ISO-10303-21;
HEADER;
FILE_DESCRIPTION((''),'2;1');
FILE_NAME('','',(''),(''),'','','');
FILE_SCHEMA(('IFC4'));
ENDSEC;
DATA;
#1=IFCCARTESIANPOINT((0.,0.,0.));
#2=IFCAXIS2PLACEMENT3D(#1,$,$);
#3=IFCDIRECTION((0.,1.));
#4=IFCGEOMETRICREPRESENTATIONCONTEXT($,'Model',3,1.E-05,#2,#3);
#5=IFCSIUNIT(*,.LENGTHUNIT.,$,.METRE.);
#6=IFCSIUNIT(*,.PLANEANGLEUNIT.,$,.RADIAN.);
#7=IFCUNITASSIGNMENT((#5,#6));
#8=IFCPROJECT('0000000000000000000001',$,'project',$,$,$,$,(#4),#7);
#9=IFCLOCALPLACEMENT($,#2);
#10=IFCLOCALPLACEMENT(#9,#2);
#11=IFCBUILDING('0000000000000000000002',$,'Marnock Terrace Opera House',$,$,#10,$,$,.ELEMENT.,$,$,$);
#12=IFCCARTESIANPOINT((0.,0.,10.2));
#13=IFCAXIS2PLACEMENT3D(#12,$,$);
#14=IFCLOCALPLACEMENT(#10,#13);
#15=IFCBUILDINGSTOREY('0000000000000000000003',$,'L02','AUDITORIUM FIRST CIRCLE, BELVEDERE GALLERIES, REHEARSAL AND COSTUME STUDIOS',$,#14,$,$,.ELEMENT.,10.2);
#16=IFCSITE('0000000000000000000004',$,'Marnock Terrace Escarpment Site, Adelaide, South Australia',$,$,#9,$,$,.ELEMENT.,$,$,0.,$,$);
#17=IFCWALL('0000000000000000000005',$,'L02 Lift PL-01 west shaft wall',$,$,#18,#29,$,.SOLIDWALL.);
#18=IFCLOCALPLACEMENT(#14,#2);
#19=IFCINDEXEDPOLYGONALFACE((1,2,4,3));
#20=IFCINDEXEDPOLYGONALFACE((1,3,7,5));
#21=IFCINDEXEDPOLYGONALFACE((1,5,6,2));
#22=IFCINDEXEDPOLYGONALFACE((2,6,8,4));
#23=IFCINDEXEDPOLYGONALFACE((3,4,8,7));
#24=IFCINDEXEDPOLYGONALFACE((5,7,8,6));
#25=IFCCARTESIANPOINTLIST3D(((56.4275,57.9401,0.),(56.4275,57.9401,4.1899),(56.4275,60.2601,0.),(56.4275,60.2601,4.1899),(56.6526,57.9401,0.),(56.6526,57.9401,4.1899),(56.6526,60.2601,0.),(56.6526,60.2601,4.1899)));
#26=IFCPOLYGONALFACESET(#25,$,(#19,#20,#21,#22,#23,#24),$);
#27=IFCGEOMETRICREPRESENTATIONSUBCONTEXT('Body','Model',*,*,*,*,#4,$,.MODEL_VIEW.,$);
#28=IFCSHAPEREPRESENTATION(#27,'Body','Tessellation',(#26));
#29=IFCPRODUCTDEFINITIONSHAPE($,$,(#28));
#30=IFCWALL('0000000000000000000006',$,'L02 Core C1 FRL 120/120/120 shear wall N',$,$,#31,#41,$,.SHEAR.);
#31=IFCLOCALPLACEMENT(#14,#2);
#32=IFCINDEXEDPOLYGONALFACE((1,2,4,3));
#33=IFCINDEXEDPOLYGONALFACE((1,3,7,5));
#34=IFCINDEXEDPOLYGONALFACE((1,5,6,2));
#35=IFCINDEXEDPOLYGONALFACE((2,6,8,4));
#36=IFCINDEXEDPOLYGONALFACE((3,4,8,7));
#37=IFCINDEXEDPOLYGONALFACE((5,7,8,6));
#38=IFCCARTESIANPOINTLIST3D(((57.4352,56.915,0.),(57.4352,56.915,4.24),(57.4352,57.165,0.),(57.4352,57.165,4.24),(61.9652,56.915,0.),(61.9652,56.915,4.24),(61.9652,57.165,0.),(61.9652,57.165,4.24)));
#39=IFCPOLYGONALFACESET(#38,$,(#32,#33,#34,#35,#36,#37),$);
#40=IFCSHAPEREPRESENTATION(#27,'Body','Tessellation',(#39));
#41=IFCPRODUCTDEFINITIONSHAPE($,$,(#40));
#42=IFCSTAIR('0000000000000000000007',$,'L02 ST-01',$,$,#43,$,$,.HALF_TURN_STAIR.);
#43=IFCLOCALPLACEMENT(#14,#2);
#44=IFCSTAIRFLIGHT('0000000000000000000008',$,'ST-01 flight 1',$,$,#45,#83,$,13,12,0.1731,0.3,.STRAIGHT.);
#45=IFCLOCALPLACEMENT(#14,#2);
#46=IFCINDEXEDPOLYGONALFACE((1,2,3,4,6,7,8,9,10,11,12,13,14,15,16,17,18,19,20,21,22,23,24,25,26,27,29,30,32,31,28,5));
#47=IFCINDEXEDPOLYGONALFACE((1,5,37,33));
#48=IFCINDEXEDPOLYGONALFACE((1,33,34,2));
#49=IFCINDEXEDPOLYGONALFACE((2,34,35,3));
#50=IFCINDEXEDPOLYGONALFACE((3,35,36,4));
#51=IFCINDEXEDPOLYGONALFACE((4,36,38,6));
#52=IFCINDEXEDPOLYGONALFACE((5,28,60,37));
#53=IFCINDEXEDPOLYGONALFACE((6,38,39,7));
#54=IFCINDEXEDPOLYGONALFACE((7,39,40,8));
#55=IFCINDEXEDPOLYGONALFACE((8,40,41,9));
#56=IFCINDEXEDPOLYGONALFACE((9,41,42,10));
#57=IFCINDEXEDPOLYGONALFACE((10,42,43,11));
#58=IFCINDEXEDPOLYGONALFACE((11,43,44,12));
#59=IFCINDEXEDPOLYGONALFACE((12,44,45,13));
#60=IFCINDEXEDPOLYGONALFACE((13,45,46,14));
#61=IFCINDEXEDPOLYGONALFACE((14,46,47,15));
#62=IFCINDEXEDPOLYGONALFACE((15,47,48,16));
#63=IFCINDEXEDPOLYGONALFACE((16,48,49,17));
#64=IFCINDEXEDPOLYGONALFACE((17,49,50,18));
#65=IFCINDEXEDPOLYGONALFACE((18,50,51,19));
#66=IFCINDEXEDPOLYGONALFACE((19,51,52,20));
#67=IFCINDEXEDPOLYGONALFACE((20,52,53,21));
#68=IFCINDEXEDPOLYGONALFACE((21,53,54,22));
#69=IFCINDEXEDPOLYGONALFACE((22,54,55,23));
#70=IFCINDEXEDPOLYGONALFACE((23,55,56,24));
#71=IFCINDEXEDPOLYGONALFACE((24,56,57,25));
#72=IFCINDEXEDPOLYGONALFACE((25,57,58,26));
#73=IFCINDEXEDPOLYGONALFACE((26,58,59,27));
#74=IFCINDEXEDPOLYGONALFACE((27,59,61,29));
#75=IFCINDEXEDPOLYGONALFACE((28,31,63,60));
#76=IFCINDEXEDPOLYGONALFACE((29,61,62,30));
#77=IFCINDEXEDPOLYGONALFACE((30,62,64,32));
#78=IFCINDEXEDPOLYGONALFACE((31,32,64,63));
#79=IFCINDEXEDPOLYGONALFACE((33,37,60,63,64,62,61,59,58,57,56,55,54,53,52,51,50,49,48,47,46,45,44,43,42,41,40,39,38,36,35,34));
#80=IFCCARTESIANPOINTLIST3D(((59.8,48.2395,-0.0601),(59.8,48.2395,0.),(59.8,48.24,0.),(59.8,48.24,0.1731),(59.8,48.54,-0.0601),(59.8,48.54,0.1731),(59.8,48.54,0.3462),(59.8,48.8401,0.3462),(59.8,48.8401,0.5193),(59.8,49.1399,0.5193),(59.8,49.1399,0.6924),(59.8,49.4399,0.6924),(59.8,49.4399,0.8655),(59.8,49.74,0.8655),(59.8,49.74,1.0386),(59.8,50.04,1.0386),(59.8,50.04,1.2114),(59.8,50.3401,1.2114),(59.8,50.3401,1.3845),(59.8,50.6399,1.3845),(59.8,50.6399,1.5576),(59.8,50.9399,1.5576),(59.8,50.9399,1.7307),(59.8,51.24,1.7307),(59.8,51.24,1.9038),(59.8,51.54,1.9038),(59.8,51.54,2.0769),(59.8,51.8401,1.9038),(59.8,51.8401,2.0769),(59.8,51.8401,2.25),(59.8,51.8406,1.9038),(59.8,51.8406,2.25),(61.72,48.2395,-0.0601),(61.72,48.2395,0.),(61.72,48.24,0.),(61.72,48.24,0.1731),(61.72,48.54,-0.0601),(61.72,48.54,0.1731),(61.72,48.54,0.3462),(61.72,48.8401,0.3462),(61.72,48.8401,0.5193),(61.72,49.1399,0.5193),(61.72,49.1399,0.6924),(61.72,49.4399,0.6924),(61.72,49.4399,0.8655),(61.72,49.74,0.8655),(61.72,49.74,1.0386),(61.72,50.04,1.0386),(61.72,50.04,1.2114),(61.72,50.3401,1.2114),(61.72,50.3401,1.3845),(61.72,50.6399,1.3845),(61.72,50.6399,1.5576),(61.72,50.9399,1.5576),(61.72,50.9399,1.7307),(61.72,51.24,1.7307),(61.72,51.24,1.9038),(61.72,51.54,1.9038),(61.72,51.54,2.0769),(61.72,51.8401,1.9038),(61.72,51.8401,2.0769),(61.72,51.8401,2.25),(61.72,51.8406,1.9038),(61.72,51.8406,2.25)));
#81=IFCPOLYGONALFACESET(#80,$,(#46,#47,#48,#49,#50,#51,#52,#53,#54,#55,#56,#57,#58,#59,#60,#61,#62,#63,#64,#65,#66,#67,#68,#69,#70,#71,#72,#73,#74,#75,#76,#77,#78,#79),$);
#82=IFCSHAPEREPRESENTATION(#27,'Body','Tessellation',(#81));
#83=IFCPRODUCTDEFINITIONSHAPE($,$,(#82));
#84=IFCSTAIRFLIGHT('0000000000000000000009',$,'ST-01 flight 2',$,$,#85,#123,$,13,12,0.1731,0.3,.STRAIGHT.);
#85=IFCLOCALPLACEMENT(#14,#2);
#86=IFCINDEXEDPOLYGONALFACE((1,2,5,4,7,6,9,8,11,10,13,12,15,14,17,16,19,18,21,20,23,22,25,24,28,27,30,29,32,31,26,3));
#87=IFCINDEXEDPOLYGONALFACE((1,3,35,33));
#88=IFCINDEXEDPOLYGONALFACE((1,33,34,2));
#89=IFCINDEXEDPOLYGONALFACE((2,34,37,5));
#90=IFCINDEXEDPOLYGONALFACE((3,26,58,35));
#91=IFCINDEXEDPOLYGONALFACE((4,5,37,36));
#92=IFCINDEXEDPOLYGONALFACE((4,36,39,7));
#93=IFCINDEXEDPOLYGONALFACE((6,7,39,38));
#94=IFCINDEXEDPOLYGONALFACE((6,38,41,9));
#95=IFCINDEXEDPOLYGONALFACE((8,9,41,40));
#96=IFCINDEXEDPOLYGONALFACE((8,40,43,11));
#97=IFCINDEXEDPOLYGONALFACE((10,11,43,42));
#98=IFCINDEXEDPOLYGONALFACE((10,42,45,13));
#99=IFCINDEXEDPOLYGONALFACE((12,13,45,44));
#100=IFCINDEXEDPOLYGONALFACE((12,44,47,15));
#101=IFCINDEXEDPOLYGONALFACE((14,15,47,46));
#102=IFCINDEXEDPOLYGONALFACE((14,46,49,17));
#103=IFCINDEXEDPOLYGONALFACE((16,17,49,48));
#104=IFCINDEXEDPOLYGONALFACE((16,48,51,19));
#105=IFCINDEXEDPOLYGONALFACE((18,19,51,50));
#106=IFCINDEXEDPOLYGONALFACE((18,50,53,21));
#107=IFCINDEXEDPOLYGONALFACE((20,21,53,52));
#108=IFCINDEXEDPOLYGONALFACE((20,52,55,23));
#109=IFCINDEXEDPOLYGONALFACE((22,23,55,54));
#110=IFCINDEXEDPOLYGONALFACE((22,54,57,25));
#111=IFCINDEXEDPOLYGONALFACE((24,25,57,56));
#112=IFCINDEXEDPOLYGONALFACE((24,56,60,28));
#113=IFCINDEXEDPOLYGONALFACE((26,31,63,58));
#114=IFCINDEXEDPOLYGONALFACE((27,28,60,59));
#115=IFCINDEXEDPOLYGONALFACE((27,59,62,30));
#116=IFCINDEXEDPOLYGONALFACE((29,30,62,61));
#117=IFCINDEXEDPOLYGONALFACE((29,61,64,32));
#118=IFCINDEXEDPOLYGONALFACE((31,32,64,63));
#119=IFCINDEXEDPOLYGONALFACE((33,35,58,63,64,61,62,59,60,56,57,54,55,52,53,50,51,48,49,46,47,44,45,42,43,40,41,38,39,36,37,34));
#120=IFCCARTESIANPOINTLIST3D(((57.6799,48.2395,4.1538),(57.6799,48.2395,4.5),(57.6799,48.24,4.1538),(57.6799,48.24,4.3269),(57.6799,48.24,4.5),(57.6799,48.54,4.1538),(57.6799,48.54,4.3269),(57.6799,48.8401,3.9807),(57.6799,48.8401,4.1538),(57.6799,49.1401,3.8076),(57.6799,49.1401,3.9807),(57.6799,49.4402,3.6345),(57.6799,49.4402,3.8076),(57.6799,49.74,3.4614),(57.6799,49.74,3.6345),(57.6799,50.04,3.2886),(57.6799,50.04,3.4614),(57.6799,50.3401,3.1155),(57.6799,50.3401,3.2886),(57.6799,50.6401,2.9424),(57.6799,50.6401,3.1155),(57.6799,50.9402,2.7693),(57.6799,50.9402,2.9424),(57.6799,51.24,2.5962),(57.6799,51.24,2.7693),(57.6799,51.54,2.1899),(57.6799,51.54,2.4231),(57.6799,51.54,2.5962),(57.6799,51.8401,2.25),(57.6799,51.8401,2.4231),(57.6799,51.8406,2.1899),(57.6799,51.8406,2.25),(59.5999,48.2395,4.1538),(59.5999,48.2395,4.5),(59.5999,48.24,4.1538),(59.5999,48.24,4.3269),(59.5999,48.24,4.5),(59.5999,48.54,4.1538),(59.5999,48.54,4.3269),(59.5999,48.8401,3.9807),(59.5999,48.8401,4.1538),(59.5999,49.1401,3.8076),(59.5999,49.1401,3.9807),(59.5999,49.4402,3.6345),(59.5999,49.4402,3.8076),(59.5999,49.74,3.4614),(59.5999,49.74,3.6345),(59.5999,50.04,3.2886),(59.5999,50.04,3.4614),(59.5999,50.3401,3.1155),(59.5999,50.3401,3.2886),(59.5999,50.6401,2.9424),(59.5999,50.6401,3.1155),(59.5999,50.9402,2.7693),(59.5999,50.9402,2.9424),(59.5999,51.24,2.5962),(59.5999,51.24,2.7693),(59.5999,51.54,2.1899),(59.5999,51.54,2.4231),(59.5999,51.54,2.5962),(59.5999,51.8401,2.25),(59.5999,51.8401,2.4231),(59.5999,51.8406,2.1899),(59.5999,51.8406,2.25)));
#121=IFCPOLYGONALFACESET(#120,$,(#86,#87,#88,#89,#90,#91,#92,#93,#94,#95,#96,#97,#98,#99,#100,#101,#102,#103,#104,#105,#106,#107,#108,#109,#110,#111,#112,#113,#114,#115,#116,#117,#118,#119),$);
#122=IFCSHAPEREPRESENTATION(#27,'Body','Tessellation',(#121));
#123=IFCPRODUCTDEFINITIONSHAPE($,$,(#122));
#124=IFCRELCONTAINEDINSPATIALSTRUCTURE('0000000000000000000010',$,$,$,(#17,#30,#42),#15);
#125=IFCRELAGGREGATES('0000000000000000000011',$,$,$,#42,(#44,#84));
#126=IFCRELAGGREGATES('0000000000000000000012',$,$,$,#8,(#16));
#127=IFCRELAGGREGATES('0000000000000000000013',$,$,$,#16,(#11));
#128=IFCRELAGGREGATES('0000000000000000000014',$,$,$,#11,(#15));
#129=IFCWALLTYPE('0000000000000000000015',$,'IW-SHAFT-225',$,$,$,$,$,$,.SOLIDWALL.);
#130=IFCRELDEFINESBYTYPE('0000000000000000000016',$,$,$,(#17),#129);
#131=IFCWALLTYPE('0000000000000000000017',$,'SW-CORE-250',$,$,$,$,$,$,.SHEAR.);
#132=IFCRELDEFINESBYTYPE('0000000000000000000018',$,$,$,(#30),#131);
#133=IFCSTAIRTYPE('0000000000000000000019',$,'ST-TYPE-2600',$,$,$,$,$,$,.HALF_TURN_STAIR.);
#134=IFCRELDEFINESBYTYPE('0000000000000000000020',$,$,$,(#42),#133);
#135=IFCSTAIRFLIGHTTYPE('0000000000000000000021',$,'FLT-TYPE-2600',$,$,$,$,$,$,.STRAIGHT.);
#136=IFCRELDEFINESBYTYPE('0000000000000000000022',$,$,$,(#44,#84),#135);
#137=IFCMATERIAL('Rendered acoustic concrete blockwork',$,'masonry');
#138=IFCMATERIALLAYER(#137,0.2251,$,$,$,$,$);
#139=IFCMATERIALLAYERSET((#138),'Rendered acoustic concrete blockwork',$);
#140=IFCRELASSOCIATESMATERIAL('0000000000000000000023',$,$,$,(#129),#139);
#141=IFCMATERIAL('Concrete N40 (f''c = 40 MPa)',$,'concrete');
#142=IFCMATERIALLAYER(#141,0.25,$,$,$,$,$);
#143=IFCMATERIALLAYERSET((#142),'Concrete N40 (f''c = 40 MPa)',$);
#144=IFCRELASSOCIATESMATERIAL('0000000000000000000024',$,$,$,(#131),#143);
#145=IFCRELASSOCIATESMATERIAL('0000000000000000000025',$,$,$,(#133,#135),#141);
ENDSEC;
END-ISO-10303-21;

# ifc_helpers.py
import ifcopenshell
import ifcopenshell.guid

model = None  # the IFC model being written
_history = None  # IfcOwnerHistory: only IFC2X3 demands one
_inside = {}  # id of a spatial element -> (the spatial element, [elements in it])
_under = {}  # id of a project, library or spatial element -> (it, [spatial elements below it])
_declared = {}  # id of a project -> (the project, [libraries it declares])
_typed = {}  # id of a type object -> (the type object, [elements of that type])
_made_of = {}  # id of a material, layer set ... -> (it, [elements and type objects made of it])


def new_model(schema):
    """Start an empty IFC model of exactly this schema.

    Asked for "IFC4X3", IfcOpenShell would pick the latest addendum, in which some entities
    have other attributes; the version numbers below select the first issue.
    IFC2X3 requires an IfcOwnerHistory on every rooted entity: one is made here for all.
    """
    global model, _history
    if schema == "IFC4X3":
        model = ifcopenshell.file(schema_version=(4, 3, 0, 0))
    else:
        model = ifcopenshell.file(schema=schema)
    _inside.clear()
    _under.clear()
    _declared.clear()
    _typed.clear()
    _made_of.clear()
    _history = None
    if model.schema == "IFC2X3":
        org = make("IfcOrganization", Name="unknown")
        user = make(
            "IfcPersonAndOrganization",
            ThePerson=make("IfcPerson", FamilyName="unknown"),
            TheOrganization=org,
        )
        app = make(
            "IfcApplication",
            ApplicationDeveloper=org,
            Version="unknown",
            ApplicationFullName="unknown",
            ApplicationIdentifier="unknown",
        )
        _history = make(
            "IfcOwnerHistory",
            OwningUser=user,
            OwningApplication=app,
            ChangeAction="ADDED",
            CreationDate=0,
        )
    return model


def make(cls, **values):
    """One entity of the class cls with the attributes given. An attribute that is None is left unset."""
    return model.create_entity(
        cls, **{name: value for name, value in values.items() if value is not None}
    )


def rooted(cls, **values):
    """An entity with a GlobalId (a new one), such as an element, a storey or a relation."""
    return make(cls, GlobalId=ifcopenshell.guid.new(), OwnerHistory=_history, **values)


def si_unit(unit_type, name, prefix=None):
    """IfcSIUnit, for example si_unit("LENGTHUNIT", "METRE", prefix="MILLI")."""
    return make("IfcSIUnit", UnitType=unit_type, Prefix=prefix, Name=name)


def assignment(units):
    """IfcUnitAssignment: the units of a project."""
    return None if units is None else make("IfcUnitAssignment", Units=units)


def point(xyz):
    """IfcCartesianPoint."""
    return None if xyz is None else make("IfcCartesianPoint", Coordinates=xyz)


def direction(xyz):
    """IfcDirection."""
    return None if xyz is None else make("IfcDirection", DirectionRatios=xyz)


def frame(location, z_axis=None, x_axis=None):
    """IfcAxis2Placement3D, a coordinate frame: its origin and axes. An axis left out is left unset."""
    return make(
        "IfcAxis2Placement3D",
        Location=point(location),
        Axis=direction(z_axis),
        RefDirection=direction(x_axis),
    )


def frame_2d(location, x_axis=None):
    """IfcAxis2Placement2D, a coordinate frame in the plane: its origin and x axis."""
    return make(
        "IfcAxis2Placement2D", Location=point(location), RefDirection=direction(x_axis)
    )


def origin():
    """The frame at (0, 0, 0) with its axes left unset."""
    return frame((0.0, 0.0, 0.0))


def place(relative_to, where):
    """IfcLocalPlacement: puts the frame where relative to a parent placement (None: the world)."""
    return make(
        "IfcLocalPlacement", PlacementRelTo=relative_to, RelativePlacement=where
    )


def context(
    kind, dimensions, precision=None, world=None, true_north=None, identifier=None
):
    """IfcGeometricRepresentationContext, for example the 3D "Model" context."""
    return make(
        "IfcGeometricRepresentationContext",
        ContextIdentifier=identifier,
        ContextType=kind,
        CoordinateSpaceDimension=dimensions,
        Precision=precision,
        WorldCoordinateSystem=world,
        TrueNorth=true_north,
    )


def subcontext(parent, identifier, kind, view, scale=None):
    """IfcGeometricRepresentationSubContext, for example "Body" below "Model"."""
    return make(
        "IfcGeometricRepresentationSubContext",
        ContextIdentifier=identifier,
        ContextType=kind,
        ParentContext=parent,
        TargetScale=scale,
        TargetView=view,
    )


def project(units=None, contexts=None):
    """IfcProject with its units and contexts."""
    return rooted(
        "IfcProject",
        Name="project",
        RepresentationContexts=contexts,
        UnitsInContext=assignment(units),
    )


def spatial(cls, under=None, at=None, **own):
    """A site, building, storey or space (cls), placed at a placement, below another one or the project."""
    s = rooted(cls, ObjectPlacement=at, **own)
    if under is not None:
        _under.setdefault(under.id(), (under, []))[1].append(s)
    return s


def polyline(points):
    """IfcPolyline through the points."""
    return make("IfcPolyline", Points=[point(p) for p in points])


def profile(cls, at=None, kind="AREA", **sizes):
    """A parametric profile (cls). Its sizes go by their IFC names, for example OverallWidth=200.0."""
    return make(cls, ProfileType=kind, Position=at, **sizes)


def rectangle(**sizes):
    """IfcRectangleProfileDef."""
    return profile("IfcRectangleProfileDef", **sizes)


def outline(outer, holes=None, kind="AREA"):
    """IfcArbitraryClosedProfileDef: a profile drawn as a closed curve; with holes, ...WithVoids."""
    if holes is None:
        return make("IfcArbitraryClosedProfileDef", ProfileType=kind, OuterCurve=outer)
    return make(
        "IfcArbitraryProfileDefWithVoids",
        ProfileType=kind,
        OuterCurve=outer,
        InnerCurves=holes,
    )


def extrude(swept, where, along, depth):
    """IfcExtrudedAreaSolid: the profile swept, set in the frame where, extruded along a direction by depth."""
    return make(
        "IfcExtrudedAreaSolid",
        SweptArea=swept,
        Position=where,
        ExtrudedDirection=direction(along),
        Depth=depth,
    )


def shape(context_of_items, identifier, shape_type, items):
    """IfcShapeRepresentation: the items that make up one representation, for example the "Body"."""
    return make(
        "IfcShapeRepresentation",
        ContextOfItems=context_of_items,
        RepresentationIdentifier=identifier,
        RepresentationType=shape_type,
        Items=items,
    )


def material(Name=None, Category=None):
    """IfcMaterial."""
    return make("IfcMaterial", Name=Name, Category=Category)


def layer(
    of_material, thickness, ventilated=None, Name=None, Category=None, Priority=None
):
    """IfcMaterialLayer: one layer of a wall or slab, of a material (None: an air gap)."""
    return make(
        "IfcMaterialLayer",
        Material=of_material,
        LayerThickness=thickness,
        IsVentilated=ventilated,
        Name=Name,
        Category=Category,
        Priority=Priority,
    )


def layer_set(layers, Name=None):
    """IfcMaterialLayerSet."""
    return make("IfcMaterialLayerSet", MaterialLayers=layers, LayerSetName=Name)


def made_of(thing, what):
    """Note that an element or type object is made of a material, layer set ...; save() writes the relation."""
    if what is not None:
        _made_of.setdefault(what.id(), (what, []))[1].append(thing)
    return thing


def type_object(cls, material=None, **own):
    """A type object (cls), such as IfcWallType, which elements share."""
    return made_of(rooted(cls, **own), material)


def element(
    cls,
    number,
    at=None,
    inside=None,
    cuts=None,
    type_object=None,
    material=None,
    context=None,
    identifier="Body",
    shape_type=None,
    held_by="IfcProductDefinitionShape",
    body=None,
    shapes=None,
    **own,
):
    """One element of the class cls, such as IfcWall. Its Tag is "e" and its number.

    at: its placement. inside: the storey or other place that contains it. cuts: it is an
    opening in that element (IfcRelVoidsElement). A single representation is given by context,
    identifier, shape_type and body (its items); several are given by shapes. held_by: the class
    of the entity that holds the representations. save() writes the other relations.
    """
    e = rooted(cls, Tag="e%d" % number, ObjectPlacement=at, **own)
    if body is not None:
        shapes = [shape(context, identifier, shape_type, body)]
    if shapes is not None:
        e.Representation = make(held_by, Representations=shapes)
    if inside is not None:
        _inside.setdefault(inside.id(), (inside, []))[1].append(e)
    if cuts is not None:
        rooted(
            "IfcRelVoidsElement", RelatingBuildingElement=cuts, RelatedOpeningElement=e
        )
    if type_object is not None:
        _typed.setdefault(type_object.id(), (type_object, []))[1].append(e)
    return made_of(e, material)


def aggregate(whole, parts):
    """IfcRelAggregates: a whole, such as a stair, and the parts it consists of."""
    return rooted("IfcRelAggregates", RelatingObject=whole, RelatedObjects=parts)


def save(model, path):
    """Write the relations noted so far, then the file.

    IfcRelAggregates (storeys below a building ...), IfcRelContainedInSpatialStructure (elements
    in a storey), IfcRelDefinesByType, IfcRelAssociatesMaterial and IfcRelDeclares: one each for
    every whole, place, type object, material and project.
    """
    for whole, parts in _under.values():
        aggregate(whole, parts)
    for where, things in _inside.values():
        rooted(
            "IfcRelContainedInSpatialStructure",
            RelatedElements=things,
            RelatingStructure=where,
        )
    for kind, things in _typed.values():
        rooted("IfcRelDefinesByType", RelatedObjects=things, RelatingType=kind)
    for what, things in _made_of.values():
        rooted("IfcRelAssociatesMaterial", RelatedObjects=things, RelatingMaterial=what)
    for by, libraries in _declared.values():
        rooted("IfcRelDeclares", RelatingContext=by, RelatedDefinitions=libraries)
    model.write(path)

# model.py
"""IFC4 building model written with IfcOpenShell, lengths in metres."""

from ifc_helpers import new_model, si_unit, direction, frame, frame_2d, origin, place, context, subcontext, project, spatial, polyline, rectangle, outline, extrude, material, layer, layer_set, type_object, element, aggregate, save


model = new_model("IFC4")

# Units and contexts
model_context = context("Model", 3, precision=1e-05, world=origin(), true_north=direction((0.0, 1.0)))
body_context = subcontext(model_context, "Body", "Model", "MODEL_VIEW")
ifc_project = project(units=[si_unit("LENGTHUNIT", "METRE"), si_unit("PLANEANGLEUNIT", "RADIAN")], contexts=[model_context])

# Site, building, storey
site_placement = place(None, origin())
site = spatial("IfcSite", under=ifc_project, at=site_placement, Name="Marnock Terrace Escarpment Site, Adelaide, South Australia", CompositionType="ELEMENT", RefElevation=0.0)
building_placement = place(site_placement, origin())
building = spatial("IfcBuilding", under=site, at=building_placement, Name="Marnock Terrace Opera House", CompositionType="ELEMENT")
storey_placement = place(building_placement, frame((0.0, 0.0, 10.2)))
storey = spatial("IfcBuildingStorey", under=building, at=storey_placement, Name="L02", Description="AUDITORIUM FIRST CIRCLE, BELVEDERE GALLERIES, REHEARSAL AND COSTUME STUDIOS", CompositionType="ELEMENT", Elevation=10.2)

# Walls
ifc_material_1 = material(Name="Rendered acoustic concrete blockwork", Category="masonry")
ifc_layer_1 = layer(ifc_material_1, 0.2251)
ifc_layer_set_1 = layer_set([ifc_layer_1], Name="Rendered acoustic concrete blockwork")
wall_type_1 = type_object("IfcWallType", Name="IW-SHAFT-225", PredefinedType="SOLIDWALL", material=ifc_layer_set_1)
wall_1_placement = place(storey_placement, frame((56.54, 57.9399, 0.0), z_axis=(0.0, 0.0, 1.0), x_axis=(0.0, 1.0, 0.0)))
element("IfcWall", 1, at=wall_1_placement, inside=storey, type_object=wall_type_1, Name="L02 Lift PL-01 west shaft wall", PredefinedType="SOLIDWALL", context=body_context, shape_type="SweptSolid", body=[
    extrude(rectangle(XDim=2.3201, YDim=0.2251, at=frame_2d((1.1602, 0.0))), origin(), (0.0, 0.0, 1.0), 4.1899),
])
ifc_material_2 = material(Name="Concrete N40 (f'c = 40 MPa)", Category="concrete")
ifc_layer_2 = layer(ifc_material_2, 0.25)
ifc_layer_set_2 = layer_set([ifc_layer_2], Name="Concrete N40 (f'c = 40 MPa)")
wall_type_2 = type_object("IfcWallType", Name="SW-CORE-250", PredefinedType="SHEAR", material=ifc_layer_set_2)
wall_2_placement = place(storey_placement, frame((57.4351, 57.04, 0.0), z_axis=(0.0, 0.0, 1.0), x_axis=(1.0, 0.0, 0.0)))
element("IfcWall", 2, at=wall_2_placement, inside=storey, type_object=wall_type_2, Name="L02 Core C1 FRL 120/120/120 shear wall N", PredefinedType="SHEAR", context=body_context, shape_type="SweptSolid", body=[
    extrude(rectangle(XDim=4.53, YDim=0.25, at=frame_2d((2.2651, 0.0))), origin(), (0.0, 0.0, 1.0), 4.24),
])

# Stair, stair flights
stair_type = type_object("IfcStairType", Name="ST-TYPE-2600", PredefinedType="HALF_TURN_STAIR", material=ifc_material_2)
stair_placement = place(storey_placement, origin())
stair = element("IfcStair", 3, at=stair_placement, inside=storey, type_object=stair_type, Name="L02 ST-01", PredefinedType="HALF_TURN_STAIR")
stair_flight_type = type_object("IfcStairFlightType", Name="FLT-TYPE-2600", PredefinedType="STRAIGHT", material=ifc_material_2)
stair_flight_1_placement = place(storey_placement, frame((60.76, 48.24, 0.0), z_axis=(0.0, 0.0, 1.0), x_axis=(0.0, 1.0, 0.0)))
stair_flight_1 = element("IfcStairFlight", 4, at=stair_flight_1_placement, type_object=stair_flight_type, Name="ST-01 flight 1", NumberOfRisers=13, NumberOfTreads=12, PredefinedType="STRAIGHT", RiserHeight=0.1731, TreadLength=0.3, context=body_context, shape_type="SweptSolid", body=[
    extrude(outline(polyline([(-0.0005, -0.0601), (-0.0005, 0.0), (0.0, 0.0), (0.0, 0.1731), (0.3, 0.1731), (0.3, 0.3462), (0.6001, 0.3462), (0.6001, 0.5193), (0.8999, 0.5193), (0.8999, 0.6924), (1.2, 0.6924), (1.2, 0.8655), (1.5, 0.8655), (1.5, 1.0386), (1.8, 1.0386), (1.8, 1.2114), (2.1001, 1.2114), (2.1001, 1.3845), (2.3999, 1.3845), (2.3999, 1.5576), (2.7, 1.5576), (2.7, 1.7307), (3.0, 1.7307), (3.0, 1.9038), (3.3, 1.9038), (3.3, 2.0769), (3.6001, 2.0769), (3.6001, 2.25), (3.6006, 2.25), (3.6006, 1.9038), (3.6001, 1.9038), (0.3, -0.0601), (-0.0005, -0.0601)])), frame((0.0, 0.96, 0.0), z_axis=(0.0, -1.0, 0.0), x_axis=(1.0, 0.0, 0.0)), (0.0, 0.0, 1.0), 1.9199),
])
stair_flight_2_placement = place(storey_placement, frame((58.6399, 51.8401, 2.25), z_axis=(0.0, 0.0, 1.0), x_axis=(0.0, -1.0, 0.0)))
stair_flight_2 = element("IfcStairFlight", 5, at=stair_flight_2_placement, type_object=stair_flight_type, Name="ST-01 flight 2", NumberOfRisers=13, NumberOfTreads=12, PredefinedType="STRAIGHT", RiserHeight=0.1731, TreadLength=0.3, context=body_context, shape_type="SweptSolid", body=[
    extrude(outline(polyline([(-0.0005, -0.0601), (-0.0005, 0.0), (0.0, 0.0), (0.0, 0.1731), (0.3, 0.1731), (0.3, 0.3462), (0.6001, 0.3462), (0.6001, 0.5193), (0.8999, 0.5193), (0.8999, 0.6924), (1.2, 0.6924), (1.2, 0.8655), (1.5, 0.8655), (1.5, 1.0386), (1.8, 1.0386), (1.8, 1.2114), (2.1001, 1.2114), (2.1001, 1.3845), (2.3999, 1.3845), (2.3999, 1.5576), (2.7, 1.5576), (2.7, 1.7307), (3.0, 1.7307), (3.0, 1.9038), (3.3, 1.9038), (3.3, 2.0769), (3.6001, 2.0769), (3.6001, 2.25), (3.6006, 2.25), (3.6006, 1.9038), (3.6001, 1.9038), (0.3, -0.0601), (-0.0005, -0.0601)])), frame((0.0, 0.96, 0.0), z_axis=(0.0, -1.0, 0.0), x_axis=(1.0, 0.0, 0.0)), (0.0, 0.0, 1.0), 1.9199),
])
aggregate(stair, [stair_flight_1, stair_flight_2])

save(model, "model.ifc")
